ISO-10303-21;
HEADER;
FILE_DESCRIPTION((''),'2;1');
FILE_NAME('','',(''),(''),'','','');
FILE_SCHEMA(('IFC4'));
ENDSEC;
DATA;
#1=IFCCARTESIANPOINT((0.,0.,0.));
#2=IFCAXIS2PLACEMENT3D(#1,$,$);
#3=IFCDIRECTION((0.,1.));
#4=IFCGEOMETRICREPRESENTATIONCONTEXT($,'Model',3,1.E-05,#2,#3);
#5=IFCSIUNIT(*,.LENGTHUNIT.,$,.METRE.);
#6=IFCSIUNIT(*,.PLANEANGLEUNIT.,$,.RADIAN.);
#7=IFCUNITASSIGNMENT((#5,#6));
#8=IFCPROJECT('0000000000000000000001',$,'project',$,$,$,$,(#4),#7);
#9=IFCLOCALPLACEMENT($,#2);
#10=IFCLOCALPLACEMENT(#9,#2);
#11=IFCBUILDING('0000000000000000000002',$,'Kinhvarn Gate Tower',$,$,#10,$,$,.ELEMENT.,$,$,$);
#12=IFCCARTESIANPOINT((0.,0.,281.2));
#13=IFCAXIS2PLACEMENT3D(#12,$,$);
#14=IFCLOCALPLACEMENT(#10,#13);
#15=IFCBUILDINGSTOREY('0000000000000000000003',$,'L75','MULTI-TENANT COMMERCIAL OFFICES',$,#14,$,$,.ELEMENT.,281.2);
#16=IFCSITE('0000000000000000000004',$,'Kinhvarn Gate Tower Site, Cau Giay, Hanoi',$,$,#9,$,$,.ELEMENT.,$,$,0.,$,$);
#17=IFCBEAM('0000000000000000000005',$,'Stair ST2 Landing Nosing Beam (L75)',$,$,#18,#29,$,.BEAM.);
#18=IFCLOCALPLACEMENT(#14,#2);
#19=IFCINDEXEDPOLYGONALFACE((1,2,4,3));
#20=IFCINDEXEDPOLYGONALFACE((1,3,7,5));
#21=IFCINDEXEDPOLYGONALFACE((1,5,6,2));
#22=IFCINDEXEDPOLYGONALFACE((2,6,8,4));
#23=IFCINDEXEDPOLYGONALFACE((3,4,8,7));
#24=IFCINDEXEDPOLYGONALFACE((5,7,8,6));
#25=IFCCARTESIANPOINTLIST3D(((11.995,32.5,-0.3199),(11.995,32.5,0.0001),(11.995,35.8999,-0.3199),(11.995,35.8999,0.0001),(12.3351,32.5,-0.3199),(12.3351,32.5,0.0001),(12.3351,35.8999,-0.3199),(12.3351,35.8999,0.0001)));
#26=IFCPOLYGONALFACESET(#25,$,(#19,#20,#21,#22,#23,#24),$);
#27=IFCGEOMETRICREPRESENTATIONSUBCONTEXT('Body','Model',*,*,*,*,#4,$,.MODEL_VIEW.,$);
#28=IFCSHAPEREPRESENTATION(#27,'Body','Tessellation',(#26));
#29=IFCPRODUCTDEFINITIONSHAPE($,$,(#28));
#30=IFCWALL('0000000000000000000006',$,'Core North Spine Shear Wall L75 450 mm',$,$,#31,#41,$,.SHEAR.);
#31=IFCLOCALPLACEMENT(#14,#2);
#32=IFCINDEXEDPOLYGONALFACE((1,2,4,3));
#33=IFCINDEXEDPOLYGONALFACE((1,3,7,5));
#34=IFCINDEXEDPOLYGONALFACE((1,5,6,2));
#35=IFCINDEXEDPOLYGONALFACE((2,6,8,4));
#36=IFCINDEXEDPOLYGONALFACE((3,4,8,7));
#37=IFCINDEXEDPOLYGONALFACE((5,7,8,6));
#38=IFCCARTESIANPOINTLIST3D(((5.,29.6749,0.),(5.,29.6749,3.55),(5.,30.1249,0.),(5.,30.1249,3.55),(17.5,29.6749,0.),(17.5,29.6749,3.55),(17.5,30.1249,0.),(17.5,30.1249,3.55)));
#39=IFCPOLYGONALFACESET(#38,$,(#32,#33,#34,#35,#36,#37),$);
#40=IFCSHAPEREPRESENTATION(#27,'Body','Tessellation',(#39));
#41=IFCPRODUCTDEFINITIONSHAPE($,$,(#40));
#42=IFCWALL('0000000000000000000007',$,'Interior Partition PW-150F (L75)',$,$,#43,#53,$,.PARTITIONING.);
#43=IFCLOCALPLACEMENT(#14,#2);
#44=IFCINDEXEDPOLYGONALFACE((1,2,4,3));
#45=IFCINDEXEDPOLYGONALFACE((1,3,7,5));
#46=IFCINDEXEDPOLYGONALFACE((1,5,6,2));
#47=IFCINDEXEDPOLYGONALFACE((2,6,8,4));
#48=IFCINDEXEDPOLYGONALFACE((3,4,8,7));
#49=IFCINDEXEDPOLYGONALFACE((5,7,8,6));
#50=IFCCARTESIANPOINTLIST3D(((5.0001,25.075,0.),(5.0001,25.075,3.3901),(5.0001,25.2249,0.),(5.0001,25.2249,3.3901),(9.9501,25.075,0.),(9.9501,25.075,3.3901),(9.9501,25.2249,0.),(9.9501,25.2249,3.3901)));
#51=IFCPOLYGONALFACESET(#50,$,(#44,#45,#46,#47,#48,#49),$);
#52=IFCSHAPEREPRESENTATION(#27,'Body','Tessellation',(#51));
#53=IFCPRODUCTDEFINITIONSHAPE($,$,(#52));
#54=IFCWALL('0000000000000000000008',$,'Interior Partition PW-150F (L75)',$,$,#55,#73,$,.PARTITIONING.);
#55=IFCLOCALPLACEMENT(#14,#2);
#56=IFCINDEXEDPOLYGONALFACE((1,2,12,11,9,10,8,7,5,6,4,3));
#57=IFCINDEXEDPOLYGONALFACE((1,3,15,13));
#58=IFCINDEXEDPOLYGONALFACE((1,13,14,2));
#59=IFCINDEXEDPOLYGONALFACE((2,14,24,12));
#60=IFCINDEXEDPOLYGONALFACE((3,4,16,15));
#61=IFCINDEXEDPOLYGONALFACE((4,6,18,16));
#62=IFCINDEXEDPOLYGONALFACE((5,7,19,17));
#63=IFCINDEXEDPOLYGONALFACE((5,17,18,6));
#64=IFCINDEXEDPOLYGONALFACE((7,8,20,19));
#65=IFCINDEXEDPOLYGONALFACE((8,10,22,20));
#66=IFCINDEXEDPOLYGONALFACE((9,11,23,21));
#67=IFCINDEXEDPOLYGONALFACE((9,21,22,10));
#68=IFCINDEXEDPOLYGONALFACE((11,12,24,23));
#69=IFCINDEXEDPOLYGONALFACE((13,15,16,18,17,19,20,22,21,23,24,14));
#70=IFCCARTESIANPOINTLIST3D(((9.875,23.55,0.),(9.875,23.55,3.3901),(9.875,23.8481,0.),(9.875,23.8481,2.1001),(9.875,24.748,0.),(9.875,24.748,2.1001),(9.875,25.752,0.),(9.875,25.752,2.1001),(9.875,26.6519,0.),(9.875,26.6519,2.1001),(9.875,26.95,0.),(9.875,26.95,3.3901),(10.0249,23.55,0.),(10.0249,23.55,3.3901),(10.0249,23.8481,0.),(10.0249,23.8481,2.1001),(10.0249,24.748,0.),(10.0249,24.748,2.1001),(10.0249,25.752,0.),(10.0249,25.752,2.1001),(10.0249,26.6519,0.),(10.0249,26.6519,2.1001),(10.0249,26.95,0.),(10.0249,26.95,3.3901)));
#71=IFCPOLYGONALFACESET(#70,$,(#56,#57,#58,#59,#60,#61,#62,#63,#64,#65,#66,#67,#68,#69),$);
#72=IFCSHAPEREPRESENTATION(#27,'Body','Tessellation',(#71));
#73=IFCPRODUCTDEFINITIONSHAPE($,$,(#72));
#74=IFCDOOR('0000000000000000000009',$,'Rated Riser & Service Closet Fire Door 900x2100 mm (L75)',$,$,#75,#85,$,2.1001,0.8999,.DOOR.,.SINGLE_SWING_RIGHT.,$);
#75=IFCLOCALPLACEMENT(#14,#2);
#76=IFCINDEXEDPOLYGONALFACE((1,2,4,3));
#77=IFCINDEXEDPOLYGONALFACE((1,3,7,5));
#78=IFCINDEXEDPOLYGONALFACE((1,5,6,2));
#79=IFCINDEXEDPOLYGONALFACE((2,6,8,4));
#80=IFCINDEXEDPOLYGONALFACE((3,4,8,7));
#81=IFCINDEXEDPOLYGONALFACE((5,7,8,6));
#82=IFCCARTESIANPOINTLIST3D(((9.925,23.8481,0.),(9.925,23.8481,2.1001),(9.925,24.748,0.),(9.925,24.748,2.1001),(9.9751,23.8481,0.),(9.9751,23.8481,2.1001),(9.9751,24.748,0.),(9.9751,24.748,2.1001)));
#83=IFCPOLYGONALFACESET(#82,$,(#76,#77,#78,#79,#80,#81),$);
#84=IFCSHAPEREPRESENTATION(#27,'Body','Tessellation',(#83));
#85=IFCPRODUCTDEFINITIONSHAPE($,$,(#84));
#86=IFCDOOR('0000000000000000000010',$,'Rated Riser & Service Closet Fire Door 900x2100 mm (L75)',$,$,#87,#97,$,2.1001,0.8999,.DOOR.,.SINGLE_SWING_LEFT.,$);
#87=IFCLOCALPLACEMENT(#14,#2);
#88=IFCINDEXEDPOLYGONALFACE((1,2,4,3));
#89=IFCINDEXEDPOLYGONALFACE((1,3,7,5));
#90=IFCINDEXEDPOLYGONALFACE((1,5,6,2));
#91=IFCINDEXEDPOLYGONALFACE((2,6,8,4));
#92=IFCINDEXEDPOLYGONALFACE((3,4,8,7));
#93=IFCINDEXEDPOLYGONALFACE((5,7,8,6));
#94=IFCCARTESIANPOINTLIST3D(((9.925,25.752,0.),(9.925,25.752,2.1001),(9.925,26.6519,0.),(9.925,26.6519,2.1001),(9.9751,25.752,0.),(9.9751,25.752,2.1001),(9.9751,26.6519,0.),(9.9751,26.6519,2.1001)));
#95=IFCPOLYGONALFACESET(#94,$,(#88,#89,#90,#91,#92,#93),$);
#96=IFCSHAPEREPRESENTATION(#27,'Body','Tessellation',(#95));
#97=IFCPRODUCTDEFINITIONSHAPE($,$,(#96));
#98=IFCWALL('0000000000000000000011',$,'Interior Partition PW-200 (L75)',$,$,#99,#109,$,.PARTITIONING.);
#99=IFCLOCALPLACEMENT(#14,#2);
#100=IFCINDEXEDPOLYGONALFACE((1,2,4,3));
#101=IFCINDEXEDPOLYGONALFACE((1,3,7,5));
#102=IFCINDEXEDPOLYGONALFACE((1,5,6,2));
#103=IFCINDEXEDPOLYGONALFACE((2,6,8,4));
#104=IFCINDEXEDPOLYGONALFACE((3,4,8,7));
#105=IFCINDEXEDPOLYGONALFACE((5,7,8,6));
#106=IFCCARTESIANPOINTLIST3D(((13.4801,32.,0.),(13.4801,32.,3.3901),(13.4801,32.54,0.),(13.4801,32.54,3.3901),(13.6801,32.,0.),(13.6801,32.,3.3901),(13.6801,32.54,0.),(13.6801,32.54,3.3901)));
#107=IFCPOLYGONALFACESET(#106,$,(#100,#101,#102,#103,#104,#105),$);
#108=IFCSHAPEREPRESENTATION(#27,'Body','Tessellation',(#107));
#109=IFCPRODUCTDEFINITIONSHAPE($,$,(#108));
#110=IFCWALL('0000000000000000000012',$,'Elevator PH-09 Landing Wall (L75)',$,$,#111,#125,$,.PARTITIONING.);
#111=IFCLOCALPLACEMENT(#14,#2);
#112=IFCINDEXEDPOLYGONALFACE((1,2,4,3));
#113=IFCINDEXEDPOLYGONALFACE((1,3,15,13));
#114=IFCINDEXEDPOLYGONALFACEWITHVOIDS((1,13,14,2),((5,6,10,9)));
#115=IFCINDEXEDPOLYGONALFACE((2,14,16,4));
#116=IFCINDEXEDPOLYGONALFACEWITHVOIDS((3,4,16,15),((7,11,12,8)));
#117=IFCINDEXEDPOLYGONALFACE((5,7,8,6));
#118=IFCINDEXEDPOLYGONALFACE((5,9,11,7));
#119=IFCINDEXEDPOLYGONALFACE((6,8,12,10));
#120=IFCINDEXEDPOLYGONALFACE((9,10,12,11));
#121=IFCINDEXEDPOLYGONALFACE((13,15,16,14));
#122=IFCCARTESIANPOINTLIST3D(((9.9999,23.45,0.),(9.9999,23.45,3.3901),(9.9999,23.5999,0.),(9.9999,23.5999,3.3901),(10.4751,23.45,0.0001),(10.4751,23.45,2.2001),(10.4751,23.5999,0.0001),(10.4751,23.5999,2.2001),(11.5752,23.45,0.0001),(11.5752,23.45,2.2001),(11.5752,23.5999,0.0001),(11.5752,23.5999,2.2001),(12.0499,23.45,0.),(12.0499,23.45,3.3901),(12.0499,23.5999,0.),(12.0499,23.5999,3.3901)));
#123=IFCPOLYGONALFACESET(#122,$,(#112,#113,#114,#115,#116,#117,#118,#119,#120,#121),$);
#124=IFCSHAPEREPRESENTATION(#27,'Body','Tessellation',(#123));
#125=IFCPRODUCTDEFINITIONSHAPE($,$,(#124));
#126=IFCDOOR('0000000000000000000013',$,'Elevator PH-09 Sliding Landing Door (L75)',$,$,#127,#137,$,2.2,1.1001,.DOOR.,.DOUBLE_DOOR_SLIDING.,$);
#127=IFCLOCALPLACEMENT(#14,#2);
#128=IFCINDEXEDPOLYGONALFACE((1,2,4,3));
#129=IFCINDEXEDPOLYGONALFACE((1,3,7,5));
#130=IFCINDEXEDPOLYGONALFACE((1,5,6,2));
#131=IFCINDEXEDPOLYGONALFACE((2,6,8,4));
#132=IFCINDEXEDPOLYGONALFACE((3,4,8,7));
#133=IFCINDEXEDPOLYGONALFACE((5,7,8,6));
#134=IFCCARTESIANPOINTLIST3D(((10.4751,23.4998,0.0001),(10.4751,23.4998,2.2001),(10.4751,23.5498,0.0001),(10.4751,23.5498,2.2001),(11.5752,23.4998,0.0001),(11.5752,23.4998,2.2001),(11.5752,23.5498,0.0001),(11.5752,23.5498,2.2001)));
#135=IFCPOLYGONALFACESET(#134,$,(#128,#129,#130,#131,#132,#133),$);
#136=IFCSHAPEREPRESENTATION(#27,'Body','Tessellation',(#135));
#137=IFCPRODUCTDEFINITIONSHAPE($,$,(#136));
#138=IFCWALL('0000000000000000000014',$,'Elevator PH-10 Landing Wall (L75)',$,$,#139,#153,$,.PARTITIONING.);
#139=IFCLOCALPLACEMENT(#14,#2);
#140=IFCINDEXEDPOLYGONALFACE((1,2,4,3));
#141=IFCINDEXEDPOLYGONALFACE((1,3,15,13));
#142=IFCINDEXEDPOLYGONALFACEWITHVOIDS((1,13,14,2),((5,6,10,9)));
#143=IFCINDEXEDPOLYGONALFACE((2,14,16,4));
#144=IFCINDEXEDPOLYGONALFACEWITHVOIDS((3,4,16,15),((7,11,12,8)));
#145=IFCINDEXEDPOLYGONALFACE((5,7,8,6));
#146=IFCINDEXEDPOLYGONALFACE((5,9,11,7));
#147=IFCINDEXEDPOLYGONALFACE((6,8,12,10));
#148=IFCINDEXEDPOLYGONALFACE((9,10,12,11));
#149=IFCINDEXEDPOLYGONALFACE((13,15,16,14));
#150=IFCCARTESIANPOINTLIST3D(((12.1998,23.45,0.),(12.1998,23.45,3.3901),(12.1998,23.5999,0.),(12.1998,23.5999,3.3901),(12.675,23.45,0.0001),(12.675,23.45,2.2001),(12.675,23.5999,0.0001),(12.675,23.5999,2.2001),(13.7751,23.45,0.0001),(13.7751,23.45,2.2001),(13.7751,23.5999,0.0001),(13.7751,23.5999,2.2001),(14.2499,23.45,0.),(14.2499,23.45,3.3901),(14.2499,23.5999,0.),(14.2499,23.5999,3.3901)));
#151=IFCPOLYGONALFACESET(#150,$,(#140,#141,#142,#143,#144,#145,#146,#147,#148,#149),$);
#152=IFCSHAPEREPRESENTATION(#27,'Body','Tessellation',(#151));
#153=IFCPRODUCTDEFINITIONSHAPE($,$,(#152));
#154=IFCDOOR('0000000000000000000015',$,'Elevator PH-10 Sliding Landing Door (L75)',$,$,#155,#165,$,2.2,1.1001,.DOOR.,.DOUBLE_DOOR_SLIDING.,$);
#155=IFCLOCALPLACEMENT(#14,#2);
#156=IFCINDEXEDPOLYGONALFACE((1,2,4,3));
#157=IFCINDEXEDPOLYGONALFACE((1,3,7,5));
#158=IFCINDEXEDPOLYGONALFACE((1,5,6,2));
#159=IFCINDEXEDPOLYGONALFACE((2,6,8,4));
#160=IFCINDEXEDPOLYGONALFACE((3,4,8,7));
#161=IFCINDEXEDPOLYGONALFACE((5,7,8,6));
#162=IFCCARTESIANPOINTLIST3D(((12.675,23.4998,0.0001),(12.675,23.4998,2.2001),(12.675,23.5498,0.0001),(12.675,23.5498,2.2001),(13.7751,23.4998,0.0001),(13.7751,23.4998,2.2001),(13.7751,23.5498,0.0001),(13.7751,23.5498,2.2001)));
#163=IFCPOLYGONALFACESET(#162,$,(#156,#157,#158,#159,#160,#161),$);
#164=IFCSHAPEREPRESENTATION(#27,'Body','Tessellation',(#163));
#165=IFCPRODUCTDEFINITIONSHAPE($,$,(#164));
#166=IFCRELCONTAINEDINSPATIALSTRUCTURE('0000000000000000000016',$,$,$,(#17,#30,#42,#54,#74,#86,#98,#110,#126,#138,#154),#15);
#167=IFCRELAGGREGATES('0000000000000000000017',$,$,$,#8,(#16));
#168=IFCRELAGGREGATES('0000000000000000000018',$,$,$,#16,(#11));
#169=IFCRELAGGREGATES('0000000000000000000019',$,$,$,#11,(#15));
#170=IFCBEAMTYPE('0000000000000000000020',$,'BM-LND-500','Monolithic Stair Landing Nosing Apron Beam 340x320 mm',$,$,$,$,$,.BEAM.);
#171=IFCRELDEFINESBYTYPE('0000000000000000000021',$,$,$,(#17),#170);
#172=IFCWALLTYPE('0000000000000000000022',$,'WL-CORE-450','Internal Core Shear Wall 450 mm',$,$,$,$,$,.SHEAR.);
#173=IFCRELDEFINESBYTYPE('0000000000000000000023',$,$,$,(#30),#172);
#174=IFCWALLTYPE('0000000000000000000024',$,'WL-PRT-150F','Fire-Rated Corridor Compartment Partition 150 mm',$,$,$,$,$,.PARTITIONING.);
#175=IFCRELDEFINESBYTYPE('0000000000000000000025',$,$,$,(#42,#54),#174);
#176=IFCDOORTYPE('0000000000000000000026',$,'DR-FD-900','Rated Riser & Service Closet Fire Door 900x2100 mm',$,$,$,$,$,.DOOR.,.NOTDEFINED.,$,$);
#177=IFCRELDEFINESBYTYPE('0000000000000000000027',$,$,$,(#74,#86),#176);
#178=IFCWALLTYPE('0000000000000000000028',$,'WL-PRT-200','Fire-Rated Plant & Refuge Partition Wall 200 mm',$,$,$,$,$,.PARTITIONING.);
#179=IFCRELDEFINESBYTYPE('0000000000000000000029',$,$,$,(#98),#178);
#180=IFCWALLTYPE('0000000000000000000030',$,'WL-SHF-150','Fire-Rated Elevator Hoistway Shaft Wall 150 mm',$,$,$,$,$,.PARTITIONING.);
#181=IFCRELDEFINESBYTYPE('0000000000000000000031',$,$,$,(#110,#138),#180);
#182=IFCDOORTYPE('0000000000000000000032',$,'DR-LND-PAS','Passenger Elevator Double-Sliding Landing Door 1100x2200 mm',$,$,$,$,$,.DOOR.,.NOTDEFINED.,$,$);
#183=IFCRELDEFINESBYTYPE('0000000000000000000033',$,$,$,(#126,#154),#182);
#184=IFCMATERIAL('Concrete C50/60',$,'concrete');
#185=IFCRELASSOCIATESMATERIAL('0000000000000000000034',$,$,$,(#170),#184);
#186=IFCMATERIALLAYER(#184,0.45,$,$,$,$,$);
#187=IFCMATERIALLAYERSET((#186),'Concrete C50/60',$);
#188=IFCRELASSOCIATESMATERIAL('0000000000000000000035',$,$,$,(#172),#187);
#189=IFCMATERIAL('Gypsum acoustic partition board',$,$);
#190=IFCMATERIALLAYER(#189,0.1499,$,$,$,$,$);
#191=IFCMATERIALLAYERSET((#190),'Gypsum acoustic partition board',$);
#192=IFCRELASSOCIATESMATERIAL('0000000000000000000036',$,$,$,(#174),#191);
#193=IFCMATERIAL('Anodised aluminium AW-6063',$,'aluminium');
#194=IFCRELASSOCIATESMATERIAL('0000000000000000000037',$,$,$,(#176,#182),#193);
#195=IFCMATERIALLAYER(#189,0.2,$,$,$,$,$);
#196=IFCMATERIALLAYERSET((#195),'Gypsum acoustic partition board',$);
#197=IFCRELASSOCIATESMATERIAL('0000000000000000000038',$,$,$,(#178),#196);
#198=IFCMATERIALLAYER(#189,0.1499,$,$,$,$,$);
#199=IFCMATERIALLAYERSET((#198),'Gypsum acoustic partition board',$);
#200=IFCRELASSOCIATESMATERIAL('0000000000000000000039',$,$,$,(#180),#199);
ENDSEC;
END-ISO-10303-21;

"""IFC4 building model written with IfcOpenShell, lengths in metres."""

from ifc_helpers import new_model, si_unit, direction, frame, frame_2d, origin, origin_2d, place, context, subcontext, project, spatial, rectangle, extrude, material, layer, layer_set, material_profile, profile_set, type_object, element, fill, save


model = new_model("IFC4")

# Units and contexts
model_context = context("Model", 3, precision=1e-05, world=origin(), true_north=direction((0.0, 1.0)))
body_context = subcontext(model_context, "Body", "Model", "MODEL_VIEW")
ifc_project = project(units=[si_unit("LENGTHUNIT", "METRE"), si_unit("PLANEANGLEUNIT", "RADIAN")], contexts=[model_context])

# Site, building, storey
site_placement = place(None, origin())
site = spatial("IfcSite", under=ifc_project, at=site_placement, Name="Kinhvarn Gate Tower Site, Cau Giay, Hanoi", CompositionType="ELEMENT", RefElevation=0.0)
building_placement = place(site_placement, origin())
building = spatial("IfcBuilding", under=site, at=building_placement, Name="Kinhvarn Gate Tower", CompositionType="ELEMENT")
storey_placement = place(building_placement, frame((0.0, 0.0, 281.2)))
storey = spatial("IfcBuildingStorey", under=building, at=storey_placement, Name="L75", Description="MULTI-TENANT COMMERCIAL OFFICES", CompositionType="ELEMENT", Elevation=281.2)

# Beam
ifc_material_1 = material(Name="Concrete C50/60", Category="concrete")
ifc_material_profile = material_profile(ifc_material_1, rectangle(XDim=0.3401, YDim=0.3201, at=origin_2d()), Name="RC 340x320")
ifc_profile_set = profile_set([ifc_material_profile], Name="Concrete C50/60")
beam_type = type_object("IfcBeamType", Name="BM-LND-500", Description="Monolithic Stair Landing Nosing Apron Beam 340x320 mm", PredefinedType="BEAM", material=ifc_profile_set)
beam_placement = place(storey_placement, frame((12.165, 32.5, -0.1599), z_axis=(0.0, 1.0, 0.0), x_axis=(-1.0, 0.0, 0.0)))
element("IfcBeam", 1, at=beam_placement, inside=storey, type_object=beam_type, Name="Stair ST2 Landing Nosing Beam (L75)", PredefinedType="BEAM", context=body_context, shape_type="SweptSolid", body=[
    extrude(rectangle(XDim=0.3401, YDim=0.3201, at=origin_2d()), origin(), (0.0, 0.0, 1.0), 3.3999),
])

# Walls
ifc_layer_1 = layer(ifc_material_1, 0.45)
ifc_layer_set_1 = layer_set([ifc_layer_1], Name="Concrete C50/60")
wall_type_1 = type_object("IfcWallType", Name="WL-CORE-450", Description="Internal Core Shear Wall 450 mm", PredefinedType="SHEAR", material=ifc_layer_set_1)
wall_1_placement = place(storey_placement, frame((5.0, 29.8999, 0.0), z_axis=(0.0, 0.0, 1.0), x_axis=(1.0, 0.0, 0.0)))
element("IfcWall", 2, at=wall_1_placement, inside=storey, type_object=wall_type_1, Name="Core North Spine Shear Wall L75 450 mm", PredefinedType="SHEAR", context=body_context, shape_type="SweptSolid", body=[
    extrude(rectangle(XDim=12.5, YDim=0.45, at=frame_2d((6.25, 0.0))), origin(), (0.0, 0.0, 1.0), 3.55),
])
ifc_material_2 = material(Name="Gypsum acoustic partition board")
ifc_layer_2 = layer(ifc_material_2, 0.1499)
ifc_layer_set_2 = layer_set([ifc_layer_2], Name="Gypsum acoustic partition board")
wall_type_2 = type_object("IfcWallType", Name="WL-PRT-150F", Description="Fire-Rated Corridor Compartment Partition 150 mm", PredefinedType="PARTITIONING", material=ifc_layer_set_2)
wall_2_placement = place(storey_placement, frame((5.0, 25.1499, 0.0), z_axis=(0.0, 0.0, 1.0), x_axis=(1.0, 0.0, 0.0)))
element("IfcWall", 3, at=wall_2_placement, inside=storey, type_object=wall_type_2, Name="Interior Partition PW-150F (L75)", PredefinedType="PARTITIONING", context=body_context, shape_type="SweptSolid", body=[
    extrude(rectangle(XDim=4.95, YDim=0.1499, at=frame_2d((2.4751, 0.0))), origin(), (0.0, 0.0, 1.0), 3.3901),
])

# Wall, openings, doors
wall_3_placement = place(storey_placement, frame((9.95, 23.55, 0.0), z_axis=(0.0, 0.0, 1.0), x_axis=(0.0, 1.0, 0.0)))
wall_3 = element("IfcWall", 4, at=wall_3_placement, inside=storey, type_object=wall_type_2, Name="Interior Partition PW-150F (L75)", PredefinedType="PARTITIONING", context=body_context, shape_type="SweptSolid", body=[
    extrude(rectangle(XDim=3.3999, YDim=0.1499, at=frame_2d((1.7, 0.0))), origin(), (0.0, 0.0, 1.0), 3.3901),
])
opening_1_placement = place(wall_3_placement, frame((0.2981, 0.0, 0.0)))
opening_1 = element("IfcOpeningElement", 5, at=opening_1_placement, cuts=wall_3, PredefinedType="OPENING", context=body_context, shape_type="SweptSolid", body=[
    extrude(rectangle(XDim=0.8999, YDim=2.1001, at=frame_2d((0.45, 1.05))), frame((0.0, 0.085, 0.0), z_axis=(0.0, -1.0, 0.0), x_axis=(1.0, 0.0, 0.0)), (0.0, 0.0, 1.0), 0.1699),
])
opening_2_placement = place(wall_3_placement, frame((2.2019, 0.0, 0.0)))
opening_2 = element("IfcOpeningElement", 6, at=opening_2_placement, cuts=wall_3, PredefinedType="OPENING", context=body_context, shape_type="SweptSolid", body=[
    extrude(rectangle(XDim=0.8999, YDim=2.1001, at=frame_2d((0.45, 1.05))), frame((0.0, 0.085, 0.0), z_axis=(0.0, -1.0, 0.0), x_axis=(1.0, 0.0, 0.0)), (0.0, 0.0, 1.0), 0.1699),
])
ifc_material_3 = material(Name="Anodised aluminium AW-6063", Category="aluminium")
door_type_1 = type_object("IfcDoorType", Name="DR-FD-900", Description="Rated Riser & Service Closet Fire Door 900x2100 mm", OperationType="NOTDEFINED", PredefinedType="DOOR", material=ifc_material_3)
door_1_placement = place(opening_1_placement, origin())
door_1 = element("IfcDoor", 7, at=door_1_placement, inside=storey, type_object=door_type_1, Name="Rated Riser & Service Closet Fire Door 900x2100 mm (L75)", OperationType="SINGLE_SWING_RIGHT", OverallHeight=2.1001, OverallWidth=0.8999, PredefinedType="DOOR", context=body_context, shape_type="SweptSolid", body=[
    extrude(rectangle(XDim=0.8999, YDim=2.1001, at=frame_2d((0.45, 1.05))), frame((0.0, 0.0249, 0.0), z_axis=(0.0, -1.0, 0.0), x_axis=(1.0, 0.0, 0.0)), (0.0, 0.0, 1.0), 0.05),
])
fill(opening_1, door_1)
door_2_placement = place(opening_2_placement, origin())
door_2 = element("IfcDoor", 8, at=door_2_placement, inside=storey, type_object=door_type_1, Name="Rated Riser & Service Closet Fire Door 900x2100 mm (L75)", OperationType="SINGLE_SWING_LEFT", OverallHeight=2.1001, OverallWidth=0.8999, PredefinedType="DOOR", context=body_context, shape_type="SweptSolid", body=[
    extrude(rectangle(XDim=0.8999, YDim=2.1001, at=frame_2d((0.45, 1.05))), frame((0.0, 0.0249, 0.0), z_axis=(0.0, -1.0, 0.0), x_axis=(1.0, 0.0, 0.0)), (0.0, 0.0, 1.0), 0.05),
])
fill(opening_2, door_2)

# Wall
ifc_layer_3 = layer(ifc_material_2, 0.2)
ifc_layer_set_3 = layer_set([ifc_layer_3], Name="Gypsum acoustic partition board")
wall_type_3 = type_object("IfcWallType", Name="WL-PRT-200", Description="Fire-Rated Plant & Refuge Partition Wall 200 mm", PredefinedType="PARTITIONING", material=ifc_layer_set_3)
wall_4_placement = place(storey_placement, frame((13.5801, 32.0, 0.0), z_axis=(0.0, 0.0, 1.0), x_axis=(0.0, 1.0, 0.0)))
element("IfcWall", 9, at=wall_4_placement, inside=storey, type_object=wall_type_3, Name="Interior Partition PW-200 (L75)", PredefinedType="PARTITIONING", context=body_context, shape_type="SweptSolid", body=[
    extrude(rectangle(XDim=0.54, YDim=0.2, at=frame_2d((0.27, 0.0))), origin(), (0.0, 0.0, 1.0), 3.3901),
])

# Walls, openings, doors
ifc_layer_4 = layer(ifc_material_2, 0.1499)
ifc_layer_set_4 = layer_set([ifc_layer_4], Name="Gypsum acoustic partition board")
wall_type_4 = type_object("IfcWallType", Name="WL-SHF-150", Description="Fire-Rated Elevator Hoistway Shaft Wall 150 mm", PredefinedType="PARTITIONING", material=ifc_layer_set_4)
wall_5_placement = place(storey_placement, frame((10.0, 23.5249, 0.0), z_axis=(0.0, 0.0, 1.0), x_axis=(1.0, 0.0, 0.0)))
wall_5 = element("IfcWall", 10, at=wall_5_placement, inside=storey, type_object=wall_type_4, Name="Elevator PH-09 Landing Wall (L75)", PredefinedType="PARTITIONING", context=body_context, shape_type="SweptSolid", body=[
    extrude(rectangle(XDim=2.05, YDim=0.1499, at=frame_2d((1.0249, 0.0))), origin(), (0.0, 0.0, 1.0), 3.3901),
])
opening_3_placement = place(wall_5_placement, frame((0.4751, 0.0, 0.0)))
opening_3 = element("IfcOpeningElement", 11, at=opening_3_placement, cuts=wall_5, PredefinedType="OPENING", context=body_context, shape_type="SweptSolid", body=[
    extrude(rectangle(XDim=1.1001, YDim=2.2, at=frame_2d((0.55, 1.1001))), frame((0.0, 0.085, 0.0), z_axis=(0.0, -1.0, 0.0), x_axis=(1.0, 0.0, 0.0)), (0.0, 0.0, 1.0), 0.1699),
])
door_type_2 = type_object("IfcDoorType", Name="DR-LND-PAS", Description="Passenger Elevator Double-Sliding Landing Door 1100x2200 mm", OperationType="NOTDEFINED", PredefinedType="DOOR", material=ifc_material_3)
door_3_placement = place(opening_3_placement, origin())
door_3 = element("IfcDoor", 12, at=door_3_placement, inside=storey, type_object=door_type_2, Name="Elevator PH-09 Sliding Landing Door (L75)", OperationType="DOUBLE_DOOR_SLIDING", OverallHeight=2.2, OverallWidth=1.1001, PredefinedType="DOOR", context=body_context, shape_type="SweptSolid", body=[
    extrude(rectangle(XDim=1.1001, YDim=2.2, at=frame_2d((0.55, 1.1001))), frame((0.0, 0.0249, 0.0), z_axis=(0.0, -1.0, 0.0), x_axis=(1.0, 0.0, 0.0)), (0.0, 0.0, 1.0), 0.05),
])
fill(opening_3, door_3)
wall_6_placement = place(storey_placement, frame((12.2, 23.5249, 0.0), z_axis=(0.0, 0.0, 1.0), x_axis=(1.0, 0.0, 0.0)))
wall_6 = element("IfcWall", 13, at=wall_6_placement, inside=storey, type_object=wall_type_4, Name="Elevator PH-10 Landing Wall (L75)", PredefinedType="PARTITIONING", context=body_context, shape_type="SweptSolid", body=[
    extrude(rectangle(XDim=2.05, YDim=0.1499, at=frame_2d((1.0249, 0.0))), origin(), (0.0, 0.0, 1.0), 3.3901),
])
opening_4_placement = place(wall_6_placement, frame((0.4751, 0.0, 0.0)))
opening_4 = element("IfcOpeningElement", 14, at=opening_4_placement, cuts=wall_6, PredefinedType="OPENING", context=body_context, shape_type="SweptSolid", body=[
    extrude(rectangle(XDim=1.1001, YDim=2.2, at=frame_2d((0.55, 1.1001))), frame((0.0, 0.085, 0.0), z_axis=(0.0, -1.0, 0.0), x_axis=(1.0, 0.0, 0.0)), (0.0, 0.0, 1.0), 0.1699),
])
door_4_placement = place(opening_4_placement, origin())
door_4 = element("IfcDoor", 15, at=door_4_placement, inside=storey, type_object=door_type_2, Name="Elevator PH-10 Sliding Landing Door (L75)", OperationType="DOUBLE_DOOR_SLIDING", OverallHeight=2.2, OverallWidth=1.1001, PredefinedType="DOOR", context=body_context, shape_type="SweptSolid", body=[
    extrude(rectangle(XDim=1.1001, YDim=2.2, at=frame_2d((0.55, 1.1001))), frame((0.0, 0.0249, 0.0), z_axis=(0.0, -1.0, 0.0), x_axis=(1.0, 0.0, 0.0)), (0.0, 0.0, 1.0), 0.05),
])
fill(opening_4, door_4)

save(model, "model.ifc")
